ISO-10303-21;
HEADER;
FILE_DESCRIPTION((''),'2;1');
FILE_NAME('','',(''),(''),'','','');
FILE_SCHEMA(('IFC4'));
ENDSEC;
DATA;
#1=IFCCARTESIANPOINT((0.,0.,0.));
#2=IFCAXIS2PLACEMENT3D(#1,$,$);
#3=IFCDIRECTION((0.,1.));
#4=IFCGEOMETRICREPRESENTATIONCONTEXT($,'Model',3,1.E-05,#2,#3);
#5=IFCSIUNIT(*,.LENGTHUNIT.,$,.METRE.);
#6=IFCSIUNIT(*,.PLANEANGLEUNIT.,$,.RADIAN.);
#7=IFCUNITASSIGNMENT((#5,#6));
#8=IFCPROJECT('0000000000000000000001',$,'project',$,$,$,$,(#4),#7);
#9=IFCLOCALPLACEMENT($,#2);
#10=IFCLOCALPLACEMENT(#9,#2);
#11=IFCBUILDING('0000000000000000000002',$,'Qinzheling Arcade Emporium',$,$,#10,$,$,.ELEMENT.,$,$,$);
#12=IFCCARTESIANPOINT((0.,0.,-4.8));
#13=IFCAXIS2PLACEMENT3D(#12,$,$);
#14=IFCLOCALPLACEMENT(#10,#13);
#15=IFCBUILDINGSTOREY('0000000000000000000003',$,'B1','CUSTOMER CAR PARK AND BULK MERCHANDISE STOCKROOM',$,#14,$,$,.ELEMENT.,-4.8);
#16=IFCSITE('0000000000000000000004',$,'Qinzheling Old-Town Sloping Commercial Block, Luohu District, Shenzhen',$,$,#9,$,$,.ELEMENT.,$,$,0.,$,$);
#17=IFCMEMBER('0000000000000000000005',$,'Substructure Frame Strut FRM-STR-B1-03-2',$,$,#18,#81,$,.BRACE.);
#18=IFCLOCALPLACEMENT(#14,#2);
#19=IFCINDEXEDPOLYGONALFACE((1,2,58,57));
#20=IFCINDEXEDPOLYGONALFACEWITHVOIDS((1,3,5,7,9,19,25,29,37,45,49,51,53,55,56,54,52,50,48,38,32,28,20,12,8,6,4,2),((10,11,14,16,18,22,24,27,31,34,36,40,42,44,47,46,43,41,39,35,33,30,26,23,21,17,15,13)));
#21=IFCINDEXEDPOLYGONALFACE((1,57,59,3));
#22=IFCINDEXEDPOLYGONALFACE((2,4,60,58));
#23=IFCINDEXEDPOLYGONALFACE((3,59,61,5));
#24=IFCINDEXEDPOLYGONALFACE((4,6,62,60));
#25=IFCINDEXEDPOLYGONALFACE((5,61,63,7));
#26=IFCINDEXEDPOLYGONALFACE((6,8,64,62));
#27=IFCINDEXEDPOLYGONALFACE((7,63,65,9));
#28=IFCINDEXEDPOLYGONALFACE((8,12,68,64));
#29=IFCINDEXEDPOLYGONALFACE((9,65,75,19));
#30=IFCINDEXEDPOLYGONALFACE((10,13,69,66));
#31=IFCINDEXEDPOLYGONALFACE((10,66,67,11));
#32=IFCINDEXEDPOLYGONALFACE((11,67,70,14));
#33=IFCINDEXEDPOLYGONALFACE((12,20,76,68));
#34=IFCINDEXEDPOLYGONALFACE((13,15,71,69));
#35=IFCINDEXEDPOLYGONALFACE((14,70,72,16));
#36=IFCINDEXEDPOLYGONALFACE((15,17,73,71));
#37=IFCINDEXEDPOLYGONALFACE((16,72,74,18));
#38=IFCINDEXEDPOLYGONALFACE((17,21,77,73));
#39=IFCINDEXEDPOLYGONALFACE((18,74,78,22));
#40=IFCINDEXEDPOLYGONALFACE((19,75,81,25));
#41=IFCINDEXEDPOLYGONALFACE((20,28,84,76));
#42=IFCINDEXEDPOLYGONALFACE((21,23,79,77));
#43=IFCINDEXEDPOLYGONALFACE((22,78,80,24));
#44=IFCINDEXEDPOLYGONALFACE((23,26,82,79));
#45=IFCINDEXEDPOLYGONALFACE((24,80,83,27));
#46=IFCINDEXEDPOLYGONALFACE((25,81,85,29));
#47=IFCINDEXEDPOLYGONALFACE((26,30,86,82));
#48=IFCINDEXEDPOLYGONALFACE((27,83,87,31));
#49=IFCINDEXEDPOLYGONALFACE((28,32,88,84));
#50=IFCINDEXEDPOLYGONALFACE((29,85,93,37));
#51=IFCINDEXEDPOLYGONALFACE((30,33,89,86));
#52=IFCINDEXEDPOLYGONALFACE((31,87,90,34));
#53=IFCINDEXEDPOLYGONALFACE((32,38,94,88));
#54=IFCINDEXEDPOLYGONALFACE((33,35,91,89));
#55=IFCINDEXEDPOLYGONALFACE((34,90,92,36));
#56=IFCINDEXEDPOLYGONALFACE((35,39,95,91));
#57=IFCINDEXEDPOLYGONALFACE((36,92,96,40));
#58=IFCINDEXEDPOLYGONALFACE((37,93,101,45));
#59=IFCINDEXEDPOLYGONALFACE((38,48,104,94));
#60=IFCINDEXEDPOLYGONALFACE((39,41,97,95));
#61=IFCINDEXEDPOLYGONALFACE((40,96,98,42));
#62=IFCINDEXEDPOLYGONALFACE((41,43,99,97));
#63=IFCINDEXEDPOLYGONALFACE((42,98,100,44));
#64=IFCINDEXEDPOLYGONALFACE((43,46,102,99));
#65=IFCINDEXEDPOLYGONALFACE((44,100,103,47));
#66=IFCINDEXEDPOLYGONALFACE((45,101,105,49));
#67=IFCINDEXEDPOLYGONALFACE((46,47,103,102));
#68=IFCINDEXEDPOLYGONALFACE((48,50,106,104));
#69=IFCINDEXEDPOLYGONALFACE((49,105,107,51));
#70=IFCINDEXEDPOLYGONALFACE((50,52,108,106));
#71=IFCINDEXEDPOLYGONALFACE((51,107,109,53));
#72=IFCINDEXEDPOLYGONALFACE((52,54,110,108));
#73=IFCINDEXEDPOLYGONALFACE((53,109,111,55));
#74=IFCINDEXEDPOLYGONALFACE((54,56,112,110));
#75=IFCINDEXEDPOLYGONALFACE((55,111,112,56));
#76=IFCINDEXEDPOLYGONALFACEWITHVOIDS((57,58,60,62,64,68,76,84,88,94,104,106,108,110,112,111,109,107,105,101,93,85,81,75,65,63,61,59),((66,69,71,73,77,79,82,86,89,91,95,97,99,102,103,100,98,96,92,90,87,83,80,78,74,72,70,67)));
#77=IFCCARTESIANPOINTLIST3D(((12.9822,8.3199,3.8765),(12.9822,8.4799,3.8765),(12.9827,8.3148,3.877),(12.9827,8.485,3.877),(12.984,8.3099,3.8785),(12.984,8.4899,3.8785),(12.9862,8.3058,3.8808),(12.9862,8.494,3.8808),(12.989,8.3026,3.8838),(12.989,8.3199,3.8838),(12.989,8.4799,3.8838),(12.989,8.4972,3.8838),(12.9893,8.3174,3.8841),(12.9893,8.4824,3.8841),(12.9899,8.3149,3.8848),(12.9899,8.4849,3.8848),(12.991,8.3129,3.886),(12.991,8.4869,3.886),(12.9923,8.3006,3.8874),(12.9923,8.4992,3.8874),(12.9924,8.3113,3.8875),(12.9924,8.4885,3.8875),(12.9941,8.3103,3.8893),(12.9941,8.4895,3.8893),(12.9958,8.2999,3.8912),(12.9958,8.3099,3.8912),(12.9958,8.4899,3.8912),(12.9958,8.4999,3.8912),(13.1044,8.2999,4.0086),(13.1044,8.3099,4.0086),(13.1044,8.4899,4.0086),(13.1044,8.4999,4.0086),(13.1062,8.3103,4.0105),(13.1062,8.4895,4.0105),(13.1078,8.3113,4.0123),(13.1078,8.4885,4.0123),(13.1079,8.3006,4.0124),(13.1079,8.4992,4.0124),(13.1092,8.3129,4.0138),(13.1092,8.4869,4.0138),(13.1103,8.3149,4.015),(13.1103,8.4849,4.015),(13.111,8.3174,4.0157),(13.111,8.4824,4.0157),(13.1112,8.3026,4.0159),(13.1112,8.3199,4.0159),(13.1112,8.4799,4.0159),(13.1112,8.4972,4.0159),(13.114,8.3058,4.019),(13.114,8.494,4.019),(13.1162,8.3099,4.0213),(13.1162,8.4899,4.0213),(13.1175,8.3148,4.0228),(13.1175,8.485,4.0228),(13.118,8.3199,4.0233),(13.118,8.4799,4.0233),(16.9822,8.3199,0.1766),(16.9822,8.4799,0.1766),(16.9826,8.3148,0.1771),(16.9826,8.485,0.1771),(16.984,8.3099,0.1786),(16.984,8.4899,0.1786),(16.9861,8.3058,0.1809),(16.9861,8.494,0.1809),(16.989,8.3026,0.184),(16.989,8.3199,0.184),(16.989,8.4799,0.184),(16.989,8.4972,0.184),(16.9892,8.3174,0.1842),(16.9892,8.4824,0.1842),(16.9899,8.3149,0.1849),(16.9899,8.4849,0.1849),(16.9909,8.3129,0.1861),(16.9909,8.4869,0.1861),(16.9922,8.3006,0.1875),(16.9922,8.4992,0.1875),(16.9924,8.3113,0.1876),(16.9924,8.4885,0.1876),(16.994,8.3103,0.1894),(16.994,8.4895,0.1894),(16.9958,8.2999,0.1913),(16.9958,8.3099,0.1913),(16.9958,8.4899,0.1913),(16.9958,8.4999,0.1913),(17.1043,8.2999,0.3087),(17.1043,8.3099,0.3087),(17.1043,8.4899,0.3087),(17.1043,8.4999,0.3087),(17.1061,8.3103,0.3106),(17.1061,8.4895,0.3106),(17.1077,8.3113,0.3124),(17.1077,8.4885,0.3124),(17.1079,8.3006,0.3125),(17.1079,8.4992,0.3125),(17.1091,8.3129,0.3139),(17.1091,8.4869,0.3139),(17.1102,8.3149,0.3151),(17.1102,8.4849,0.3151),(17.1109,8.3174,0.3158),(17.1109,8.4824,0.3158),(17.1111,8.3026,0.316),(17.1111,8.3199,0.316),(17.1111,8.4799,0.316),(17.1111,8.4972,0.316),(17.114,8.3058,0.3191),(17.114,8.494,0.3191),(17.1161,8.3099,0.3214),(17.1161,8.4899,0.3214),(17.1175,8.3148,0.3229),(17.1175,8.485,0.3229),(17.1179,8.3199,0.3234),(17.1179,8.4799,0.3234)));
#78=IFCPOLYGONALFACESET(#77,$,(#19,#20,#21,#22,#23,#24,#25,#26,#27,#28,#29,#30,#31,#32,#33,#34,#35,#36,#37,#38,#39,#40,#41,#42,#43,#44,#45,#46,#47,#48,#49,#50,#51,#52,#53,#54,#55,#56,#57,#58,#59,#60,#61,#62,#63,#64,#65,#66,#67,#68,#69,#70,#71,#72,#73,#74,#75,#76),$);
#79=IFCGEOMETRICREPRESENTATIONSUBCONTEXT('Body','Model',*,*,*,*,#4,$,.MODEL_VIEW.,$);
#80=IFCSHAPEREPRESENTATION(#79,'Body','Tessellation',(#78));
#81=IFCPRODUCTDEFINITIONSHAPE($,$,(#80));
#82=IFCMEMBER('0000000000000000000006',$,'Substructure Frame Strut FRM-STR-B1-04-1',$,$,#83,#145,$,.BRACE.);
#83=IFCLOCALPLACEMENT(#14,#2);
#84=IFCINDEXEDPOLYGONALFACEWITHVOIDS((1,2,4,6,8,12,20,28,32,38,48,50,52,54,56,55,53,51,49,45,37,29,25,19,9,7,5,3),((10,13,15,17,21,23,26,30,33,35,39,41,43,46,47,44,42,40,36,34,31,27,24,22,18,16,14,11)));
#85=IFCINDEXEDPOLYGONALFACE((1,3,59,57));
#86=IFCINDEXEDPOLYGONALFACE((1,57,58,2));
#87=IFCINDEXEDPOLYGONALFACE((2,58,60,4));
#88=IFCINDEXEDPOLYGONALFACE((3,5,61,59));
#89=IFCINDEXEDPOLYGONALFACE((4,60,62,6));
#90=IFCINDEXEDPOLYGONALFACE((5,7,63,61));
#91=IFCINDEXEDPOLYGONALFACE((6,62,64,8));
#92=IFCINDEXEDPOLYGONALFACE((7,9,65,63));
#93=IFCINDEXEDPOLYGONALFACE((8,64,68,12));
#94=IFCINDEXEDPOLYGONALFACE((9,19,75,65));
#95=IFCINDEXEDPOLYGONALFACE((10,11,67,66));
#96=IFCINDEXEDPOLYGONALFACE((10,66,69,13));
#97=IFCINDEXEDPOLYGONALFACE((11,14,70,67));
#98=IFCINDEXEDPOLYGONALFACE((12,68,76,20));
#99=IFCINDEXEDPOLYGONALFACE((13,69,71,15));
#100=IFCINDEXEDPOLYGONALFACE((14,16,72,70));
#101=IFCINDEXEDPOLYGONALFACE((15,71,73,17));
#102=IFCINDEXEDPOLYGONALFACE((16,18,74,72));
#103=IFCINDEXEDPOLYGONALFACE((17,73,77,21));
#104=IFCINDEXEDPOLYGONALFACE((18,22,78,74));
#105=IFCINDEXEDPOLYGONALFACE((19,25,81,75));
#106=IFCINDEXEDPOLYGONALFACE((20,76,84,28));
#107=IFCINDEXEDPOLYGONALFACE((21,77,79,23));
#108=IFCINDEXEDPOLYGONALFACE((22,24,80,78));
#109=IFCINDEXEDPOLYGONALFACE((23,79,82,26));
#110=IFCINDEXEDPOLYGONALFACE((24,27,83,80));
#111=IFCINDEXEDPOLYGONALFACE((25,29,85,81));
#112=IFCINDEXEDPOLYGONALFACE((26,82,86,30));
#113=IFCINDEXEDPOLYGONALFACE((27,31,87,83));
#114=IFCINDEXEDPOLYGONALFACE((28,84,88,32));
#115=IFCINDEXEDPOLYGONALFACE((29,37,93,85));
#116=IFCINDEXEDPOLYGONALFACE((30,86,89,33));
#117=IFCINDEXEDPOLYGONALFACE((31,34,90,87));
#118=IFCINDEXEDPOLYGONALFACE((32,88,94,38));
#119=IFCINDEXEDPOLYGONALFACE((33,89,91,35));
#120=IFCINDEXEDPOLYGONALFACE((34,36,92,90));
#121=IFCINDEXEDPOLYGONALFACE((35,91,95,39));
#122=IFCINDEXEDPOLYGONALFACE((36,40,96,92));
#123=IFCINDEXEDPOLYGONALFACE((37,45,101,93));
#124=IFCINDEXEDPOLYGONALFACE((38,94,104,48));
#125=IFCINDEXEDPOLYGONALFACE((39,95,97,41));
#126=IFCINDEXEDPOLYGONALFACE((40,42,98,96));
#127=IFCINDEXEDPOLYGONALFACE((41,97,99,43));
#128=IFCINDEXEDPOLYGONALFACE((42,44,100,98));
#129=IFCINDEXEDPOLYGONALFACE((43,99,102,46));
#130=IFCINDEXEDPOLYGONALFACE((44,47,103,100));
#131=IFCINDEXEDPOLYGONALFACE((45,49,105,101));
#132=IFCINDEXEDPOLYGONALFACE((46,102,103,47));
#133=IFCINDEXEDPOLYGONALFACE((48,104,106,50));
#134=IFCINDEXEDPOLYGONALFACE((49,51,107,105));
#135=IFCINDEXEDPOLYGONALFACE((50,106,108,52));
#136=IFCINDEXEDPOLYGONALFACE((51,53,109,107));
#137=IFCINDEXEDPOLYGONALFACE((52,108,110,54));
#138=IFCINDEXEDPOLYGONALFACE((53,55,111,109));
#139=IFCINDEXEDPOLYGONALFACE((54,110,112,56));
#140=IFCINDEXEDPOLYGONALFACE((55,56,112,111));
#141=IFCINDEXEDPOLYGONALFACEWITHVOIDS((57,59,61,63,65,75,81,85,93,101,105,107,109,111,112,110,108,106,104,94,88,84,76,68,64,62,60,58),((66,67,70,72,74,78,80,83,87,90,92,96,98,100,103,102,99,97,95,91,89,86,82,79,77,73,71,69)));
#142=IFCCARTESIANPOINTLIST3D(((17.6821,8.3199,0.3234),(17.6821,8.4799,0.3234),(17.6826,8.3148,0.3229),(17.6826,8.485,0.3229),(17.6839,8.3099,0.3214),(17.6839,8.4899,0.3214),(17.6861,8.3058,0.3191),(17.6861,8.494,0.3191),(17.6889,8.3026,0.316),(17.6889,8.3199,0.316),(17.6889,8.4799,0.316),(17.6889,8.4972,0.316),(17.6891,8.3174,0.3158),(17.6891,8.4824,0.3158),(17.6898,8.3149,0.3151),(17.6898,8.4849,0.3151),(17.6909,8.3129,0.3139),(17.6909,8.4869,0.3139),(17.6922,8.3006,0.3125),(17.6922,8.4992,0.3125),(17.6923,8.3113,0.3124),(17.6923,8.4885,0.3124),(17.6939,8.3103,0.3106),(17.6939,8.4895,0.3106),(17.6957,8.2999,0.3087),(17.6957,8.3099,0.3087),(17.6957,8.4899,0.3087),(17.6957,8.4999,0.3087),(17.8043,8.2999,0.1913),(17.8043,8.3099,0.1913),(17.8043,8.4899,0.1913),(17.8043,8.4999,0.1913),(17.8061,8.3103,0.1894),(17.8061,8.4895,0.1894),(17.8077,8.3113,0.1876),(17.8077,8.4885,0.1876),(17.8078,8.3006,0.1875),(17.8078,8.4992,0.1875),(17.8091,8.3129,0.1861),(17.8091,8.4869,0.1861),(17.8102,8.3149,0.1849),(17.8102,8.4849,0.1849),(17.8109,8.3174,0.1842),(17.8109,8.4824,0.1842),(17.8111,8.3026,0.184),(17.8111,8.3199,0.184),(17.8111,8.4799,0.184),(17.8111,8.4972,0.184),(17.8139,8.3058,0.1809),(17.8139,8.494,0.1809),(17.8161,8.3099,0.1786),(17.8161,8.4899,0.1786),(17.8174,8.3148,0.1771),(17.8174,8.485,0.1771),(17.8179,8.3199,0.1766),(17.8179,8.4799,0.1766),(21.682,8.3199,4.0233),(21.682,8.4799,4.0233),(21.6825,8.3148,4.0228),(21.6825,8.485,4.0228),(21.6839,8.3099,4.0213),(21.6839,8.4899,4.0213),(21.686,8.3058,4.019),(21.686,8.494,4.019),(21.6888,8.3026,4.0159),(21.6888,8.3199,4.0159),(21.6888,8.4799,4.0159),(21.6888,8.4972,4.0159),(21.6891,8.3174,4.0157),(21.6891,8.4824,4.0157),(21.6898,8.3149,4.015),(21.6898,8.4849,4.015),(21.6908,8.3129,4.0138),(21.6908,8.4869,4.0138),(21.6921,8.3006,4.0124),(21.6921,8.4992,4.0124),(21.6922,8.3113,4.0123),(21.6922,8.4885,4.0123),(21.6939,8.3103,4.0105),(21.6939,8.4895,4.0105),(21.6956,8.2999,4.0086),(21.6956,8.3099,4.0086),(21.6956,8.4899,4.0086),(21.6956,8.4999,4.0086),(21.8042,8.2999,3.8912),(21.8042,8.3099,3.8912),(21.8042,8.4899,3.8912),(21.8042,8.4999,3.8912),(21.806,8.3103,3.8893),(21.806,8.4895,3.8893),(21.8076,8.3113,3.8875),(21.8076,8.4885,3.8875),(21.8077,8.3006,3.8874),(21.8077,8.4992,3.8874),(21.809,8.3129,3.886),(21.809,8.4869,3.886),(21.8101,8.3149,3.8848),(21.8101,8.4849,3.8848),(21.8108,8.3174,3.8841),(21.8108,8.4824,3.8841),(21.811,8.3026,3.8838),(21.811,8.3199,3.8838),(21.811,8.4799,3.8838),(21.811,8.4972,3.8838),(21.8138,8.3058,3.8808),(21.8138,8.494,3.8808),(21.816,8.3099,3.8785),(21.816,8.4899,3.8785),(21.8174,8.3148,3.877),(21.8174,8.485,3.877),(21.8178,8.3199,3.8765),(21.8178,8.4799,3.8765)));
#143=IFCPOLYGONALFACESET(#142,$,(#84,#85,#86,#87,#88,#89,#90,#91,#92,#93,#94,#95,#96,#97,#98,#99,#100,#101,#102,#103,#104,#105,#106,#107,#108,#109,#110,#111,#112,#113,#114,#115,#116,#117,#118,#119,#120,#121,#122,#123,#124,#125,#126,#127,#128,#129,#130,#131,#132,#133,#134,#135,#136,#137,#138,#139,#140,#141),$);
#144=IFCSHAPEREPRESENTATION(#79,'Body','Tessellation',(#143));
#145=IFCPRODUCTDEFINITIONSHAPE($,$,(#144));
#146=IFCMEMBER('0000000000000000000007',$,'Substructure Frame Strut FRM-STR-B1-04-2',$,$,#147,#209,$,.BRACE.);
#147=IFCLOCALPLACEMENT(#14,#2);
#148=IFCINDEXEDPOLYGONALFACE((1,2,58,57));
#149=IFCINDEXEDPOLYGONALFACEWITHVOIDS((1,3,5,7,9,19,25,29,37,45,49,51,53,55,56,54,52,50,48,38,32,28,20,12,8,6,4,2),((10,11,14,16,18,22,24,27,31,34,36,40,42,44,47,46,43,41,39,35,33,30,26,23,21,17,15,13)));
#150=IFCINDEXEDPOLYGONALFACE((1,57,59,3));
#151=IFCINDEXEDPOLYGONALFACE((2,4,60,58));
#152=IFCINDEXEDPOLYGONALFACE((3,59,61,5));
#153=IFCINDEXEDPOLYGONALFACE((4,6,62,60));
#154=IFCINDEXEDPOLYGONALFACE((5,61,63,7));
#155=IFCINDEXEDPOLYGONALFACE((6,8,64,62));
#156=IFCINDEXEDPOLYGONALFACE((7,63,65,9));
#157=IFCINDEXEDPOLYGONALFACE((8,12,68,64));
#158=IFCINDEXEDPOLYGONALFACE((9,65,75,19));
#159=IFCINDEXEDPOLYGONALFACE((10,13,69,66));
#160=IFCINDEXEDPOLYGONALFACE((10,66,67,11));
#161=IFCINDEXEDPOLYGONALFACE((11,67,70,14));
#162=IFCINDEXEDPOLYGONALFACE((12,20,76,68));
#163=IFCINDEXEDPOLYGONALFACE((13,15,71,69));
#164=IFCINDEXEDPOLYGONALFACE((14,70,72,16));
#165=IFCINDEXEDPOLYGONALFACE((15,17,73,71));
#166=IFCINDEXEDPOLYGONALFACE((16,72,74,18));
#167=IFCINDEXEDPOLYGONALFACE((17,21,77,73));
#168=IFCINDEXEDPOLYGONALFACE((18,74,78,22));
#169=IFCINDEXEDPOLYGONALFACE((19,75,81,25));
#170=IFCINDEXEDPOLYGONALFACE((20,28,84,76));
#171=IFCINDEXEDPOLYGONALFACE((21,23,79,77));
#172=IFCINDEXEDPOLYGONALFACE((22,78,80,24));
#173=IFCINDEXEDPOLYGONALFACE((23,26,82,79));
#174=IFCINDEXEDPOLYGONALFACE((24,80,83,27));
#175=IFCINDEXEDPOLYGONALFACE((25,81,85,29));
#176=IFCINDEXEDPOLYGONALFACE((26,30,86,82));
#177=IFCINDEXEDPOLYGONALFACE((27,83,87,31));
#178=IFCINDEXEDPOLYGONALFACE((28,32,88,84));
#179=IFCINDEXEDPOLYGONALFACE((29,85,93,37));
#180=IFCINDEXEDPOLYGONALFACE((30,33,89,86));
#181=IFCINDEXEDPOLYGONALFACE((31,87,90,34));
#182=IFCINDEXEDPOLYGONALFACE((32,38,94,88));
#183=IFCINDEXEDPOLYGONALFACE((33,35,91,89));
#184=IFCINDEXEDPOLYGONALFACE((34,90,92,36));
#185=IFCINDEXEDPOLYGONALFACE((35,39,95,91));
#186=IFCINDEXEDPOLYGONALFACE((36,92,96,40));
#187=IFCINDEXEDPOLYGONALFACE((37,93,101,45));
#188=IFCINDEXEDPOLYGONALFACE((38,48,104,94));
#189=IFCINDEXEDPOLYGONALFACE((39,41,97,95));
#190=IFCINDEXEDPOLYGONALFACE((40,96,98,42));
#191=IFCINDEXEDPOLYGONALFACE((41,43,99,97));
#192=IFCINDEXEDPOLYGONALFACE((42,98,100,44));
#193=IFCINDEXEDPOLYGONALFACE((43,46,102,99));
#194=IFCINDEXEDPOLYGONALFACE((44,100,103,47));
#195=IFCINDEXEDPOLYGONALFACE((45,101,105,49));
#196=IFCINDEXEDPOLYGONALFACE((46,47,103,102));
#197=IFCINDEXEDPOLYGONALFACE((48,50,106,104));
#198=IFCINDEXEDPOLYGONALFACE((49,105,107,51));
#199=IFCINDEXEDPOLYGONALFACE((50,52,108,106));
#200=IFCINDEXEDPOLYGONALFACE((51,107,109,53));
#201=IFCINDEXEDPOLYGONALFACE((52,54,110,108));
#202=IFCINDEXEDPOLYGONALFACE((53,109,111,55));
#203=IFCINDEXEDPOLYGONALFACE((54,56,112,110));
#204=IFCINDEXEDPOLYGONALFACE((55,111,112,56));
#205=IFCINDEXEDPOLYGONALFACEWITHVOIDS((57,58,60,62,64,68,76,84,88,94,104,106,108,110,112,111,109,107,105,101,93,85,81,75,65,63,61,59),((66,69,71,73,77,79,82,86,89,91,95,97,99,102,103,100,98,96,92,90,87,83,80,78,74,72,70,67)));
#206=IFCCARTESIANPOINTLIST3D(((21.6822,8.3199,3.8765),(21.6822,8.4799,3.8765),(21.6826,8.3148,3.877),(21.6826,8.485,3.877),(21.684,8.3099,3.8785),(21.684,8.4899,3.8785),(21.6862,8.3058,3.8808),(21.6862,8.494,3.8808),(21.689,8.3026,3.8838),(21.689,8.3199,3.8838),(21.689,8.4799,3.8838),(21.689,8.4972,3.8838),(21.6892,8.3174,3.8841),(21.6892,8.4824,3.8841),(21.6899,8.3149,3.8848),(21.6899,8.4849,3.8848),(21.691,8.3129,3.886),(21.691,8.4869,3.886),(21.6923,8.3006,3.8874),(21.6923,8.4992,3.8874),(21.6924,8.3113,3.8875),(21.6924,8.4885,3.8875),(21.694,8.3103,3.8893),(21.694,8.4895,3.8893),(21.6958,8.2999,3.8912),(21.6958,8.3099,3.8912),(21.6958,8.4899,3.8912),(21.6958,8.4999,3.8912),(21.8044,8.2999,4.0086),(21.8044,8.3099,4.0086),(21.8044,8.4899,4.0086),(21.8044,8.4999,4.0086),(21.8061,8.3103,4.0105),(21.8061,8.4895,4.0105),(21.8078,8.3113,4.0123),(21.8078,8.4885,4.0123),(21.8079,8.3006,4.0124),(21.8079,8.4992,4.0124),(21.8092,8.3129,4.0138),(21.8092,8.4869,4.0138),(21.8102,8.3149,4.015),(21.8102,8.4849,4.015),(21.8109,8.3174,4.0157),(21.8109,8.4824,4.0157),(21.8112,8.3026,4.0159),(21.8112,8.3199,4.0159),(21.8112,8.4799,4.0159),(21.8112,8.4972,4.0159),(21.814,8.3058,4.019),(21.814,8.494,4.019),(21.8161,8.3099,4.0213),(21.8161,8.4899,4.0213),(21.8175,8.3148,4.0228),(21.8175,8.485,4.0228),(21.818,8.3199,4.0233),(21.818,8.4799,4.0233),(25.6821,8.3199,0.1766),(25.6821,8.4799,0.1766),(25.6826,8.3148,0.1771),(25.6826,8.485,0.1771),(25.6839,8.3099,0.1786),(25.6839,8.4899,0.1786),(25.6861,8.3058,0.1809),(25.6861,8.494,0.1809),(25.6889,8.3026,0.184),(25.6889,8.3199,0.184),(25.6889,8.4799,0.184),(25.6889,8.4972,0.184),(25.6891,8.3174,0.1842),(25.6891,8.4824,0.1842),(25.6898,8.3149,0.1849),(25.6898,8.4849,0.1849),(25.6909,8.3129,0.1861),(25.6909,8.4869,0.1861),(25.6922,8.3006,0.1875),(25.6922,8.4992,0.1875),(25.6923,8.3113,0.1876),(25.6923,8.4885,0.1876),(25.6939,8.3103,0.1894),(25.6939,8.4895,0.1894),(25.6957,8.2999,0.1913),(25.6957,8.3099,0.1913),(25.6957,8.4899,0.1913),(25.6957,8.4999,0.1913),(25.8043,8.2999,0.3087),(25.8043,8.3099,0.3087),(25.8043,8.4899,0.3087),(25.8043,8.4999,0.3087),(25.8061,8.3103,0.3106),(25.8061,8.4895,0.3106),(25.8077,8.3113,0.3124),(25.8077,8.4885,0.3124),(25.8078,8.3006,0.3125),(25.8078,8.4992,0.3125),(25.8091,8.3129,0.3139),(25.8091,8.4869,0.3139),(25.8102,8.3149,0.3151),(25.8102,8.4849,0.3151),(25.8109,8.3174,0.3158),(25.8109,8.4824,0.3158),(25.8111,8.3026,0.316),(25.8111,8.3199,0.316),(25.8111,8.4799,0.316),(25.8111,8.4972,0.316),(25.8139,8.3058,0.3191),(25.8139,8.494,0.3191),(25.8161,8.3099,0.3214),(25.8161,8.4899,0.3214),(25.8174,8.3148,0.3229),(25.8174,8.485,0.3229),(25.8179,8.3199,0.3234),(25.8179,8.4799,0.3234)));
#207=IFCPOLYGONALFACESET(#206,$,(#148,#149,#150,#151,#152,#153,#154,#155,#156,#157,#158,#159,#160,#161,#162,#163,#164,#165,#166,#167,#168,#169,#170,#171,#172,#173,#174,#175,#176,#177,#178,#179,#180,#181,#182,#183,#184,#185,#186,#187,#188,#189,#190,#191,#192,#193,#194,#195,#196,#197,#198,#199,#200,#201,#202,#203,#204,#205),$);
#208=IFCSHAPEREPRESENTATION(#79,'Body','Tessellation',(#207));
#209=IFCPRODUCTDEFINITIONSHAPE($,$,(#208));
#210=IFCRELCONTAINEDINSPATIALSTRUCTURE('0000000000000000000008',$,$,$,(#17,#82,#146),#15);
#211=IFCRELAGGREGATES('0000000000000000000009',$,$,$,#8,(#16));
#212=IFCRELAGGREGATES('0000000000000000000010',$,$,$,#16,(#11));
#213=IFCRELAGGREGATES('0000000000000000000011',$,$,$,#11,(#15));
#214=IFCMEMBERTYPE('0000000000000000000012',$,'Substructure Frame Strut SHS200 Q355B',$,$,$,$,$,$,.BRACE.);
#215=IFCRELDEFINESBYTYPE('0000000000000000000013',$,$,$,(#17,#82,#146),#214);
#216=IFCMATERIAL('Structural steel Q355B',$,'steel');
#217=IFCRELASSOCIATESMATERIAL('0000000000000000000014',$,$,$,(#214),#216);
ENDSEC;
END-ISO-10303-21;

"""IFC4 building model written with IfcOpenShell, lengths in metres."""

from ifc_helpers import new_model, si_unit, direction, frame, origin, origin_2d, place, context, subcontext, project, spatial, hollow_rectangle, extrude, material, material_profile, profile_set, type_object, element, save


model = new_model("IFC4")

# Units and contexts
model_context = context("Model", 3, precision=1e-05, world=origin(), true_north=direction((0.0, 1.0)))
body_context = subcontext(model_context, "Body", "Model", "MODEL_VIEW")
ifc_project = project(units=[si_unit("LENGTHUNIT", "METRE"), si_unit("PLANEANGLEUNIT", "RADIAN")], contexts=[model_context])

# Site, building, storey
site_placement = place(None, origin())
site = spatial("IfcSite", under=ifc_project, at=site_placement, Name="Qinzheling Old-Town Sloping Commercial Block, Luohu District, Shenzhen", CompositionType="ELEMENT", RefElevation=0.0)
building_placement = place(site_placement, origin())
building = spatial("IfcBuilding", under=site, at=building_placement, Name="Qinzheling Arcade Emporium", CompositionType="ELEMENT")
storey_placement = place(building_placement, frame((0.0, 0.0, -4.8)))
storey = spatial("IfcBuildingStorey", under=building, at=storey_placement, Name="B1", Description="CUSTOMER CAR PARK AND BULK MERCHANDISE STOCKROOM", CompositionType="ELEMENT", Elevation=-4.8)

# Members
ifc_material_1 = material(Name="Structural steel Q355B", Category="steel")
ifc_material_profile_1 = material_profile(ifc_material_1, hollow_rectangle(XDim=0.2, YDim=0.2, WallThickness=0.01, InnerFilletRadius=0.01, OuterFilletRadius=0.02, at=origin_2d()), Name="SHS 200x200x10", Category="steel")
ifc_profile_set_1 = profile_set([ifc_material_profile_1], Name="Structural steel Q355B")
member_type_1 = type_object("IfcMemberType", Name="Substructure Frame Strut SHS200 Q355B", PredefinedType="BRACE", material=ifc_profile_set_1)
for number, where, z_axis, x_axis, name in (
    (1, (17.05, 8.3999, 0.25), (-0.734104, 0.0, 0.679037), (0.0, -1.0, 0.0), "Substructure Frame Strut FRM-STR-B1-03-2"),
    (2, (17.75, 8.3999, 0.25), (0.734104, 0.0, 0.679037), (0.0, 1.0, 0.0), "Substructure Frame Strut FRM-STR-B1-04-1"),
    (3, (25.75, 8.3999, 0.25), (-0.734104, 0.0, 0.679037), (0.0, -1.0, 0.0), "Substructure Frame Strut FRM-STR-B1-04-2"),
):
    element("IfcMember", number, at=place(storey_placement, frame(where, z_axis=z_axis, x_axis=x_axis)), inside=storey, type_object=member_type_1, Name=name, PredefinedType="BRACE", context=body_context, shape_type="SweptSolid", body=[
        extrude(hollow_rectangle(XDim=0.2, YDim=0.2, WallThickness=0.01, InnerFilletRadius=0.01, OuterFilletRadius=0.02, at=origin_2d()), origin(), (0.0, 0.0, 1.0), 5.4487),
    ])

save(model, "model.ifc")
